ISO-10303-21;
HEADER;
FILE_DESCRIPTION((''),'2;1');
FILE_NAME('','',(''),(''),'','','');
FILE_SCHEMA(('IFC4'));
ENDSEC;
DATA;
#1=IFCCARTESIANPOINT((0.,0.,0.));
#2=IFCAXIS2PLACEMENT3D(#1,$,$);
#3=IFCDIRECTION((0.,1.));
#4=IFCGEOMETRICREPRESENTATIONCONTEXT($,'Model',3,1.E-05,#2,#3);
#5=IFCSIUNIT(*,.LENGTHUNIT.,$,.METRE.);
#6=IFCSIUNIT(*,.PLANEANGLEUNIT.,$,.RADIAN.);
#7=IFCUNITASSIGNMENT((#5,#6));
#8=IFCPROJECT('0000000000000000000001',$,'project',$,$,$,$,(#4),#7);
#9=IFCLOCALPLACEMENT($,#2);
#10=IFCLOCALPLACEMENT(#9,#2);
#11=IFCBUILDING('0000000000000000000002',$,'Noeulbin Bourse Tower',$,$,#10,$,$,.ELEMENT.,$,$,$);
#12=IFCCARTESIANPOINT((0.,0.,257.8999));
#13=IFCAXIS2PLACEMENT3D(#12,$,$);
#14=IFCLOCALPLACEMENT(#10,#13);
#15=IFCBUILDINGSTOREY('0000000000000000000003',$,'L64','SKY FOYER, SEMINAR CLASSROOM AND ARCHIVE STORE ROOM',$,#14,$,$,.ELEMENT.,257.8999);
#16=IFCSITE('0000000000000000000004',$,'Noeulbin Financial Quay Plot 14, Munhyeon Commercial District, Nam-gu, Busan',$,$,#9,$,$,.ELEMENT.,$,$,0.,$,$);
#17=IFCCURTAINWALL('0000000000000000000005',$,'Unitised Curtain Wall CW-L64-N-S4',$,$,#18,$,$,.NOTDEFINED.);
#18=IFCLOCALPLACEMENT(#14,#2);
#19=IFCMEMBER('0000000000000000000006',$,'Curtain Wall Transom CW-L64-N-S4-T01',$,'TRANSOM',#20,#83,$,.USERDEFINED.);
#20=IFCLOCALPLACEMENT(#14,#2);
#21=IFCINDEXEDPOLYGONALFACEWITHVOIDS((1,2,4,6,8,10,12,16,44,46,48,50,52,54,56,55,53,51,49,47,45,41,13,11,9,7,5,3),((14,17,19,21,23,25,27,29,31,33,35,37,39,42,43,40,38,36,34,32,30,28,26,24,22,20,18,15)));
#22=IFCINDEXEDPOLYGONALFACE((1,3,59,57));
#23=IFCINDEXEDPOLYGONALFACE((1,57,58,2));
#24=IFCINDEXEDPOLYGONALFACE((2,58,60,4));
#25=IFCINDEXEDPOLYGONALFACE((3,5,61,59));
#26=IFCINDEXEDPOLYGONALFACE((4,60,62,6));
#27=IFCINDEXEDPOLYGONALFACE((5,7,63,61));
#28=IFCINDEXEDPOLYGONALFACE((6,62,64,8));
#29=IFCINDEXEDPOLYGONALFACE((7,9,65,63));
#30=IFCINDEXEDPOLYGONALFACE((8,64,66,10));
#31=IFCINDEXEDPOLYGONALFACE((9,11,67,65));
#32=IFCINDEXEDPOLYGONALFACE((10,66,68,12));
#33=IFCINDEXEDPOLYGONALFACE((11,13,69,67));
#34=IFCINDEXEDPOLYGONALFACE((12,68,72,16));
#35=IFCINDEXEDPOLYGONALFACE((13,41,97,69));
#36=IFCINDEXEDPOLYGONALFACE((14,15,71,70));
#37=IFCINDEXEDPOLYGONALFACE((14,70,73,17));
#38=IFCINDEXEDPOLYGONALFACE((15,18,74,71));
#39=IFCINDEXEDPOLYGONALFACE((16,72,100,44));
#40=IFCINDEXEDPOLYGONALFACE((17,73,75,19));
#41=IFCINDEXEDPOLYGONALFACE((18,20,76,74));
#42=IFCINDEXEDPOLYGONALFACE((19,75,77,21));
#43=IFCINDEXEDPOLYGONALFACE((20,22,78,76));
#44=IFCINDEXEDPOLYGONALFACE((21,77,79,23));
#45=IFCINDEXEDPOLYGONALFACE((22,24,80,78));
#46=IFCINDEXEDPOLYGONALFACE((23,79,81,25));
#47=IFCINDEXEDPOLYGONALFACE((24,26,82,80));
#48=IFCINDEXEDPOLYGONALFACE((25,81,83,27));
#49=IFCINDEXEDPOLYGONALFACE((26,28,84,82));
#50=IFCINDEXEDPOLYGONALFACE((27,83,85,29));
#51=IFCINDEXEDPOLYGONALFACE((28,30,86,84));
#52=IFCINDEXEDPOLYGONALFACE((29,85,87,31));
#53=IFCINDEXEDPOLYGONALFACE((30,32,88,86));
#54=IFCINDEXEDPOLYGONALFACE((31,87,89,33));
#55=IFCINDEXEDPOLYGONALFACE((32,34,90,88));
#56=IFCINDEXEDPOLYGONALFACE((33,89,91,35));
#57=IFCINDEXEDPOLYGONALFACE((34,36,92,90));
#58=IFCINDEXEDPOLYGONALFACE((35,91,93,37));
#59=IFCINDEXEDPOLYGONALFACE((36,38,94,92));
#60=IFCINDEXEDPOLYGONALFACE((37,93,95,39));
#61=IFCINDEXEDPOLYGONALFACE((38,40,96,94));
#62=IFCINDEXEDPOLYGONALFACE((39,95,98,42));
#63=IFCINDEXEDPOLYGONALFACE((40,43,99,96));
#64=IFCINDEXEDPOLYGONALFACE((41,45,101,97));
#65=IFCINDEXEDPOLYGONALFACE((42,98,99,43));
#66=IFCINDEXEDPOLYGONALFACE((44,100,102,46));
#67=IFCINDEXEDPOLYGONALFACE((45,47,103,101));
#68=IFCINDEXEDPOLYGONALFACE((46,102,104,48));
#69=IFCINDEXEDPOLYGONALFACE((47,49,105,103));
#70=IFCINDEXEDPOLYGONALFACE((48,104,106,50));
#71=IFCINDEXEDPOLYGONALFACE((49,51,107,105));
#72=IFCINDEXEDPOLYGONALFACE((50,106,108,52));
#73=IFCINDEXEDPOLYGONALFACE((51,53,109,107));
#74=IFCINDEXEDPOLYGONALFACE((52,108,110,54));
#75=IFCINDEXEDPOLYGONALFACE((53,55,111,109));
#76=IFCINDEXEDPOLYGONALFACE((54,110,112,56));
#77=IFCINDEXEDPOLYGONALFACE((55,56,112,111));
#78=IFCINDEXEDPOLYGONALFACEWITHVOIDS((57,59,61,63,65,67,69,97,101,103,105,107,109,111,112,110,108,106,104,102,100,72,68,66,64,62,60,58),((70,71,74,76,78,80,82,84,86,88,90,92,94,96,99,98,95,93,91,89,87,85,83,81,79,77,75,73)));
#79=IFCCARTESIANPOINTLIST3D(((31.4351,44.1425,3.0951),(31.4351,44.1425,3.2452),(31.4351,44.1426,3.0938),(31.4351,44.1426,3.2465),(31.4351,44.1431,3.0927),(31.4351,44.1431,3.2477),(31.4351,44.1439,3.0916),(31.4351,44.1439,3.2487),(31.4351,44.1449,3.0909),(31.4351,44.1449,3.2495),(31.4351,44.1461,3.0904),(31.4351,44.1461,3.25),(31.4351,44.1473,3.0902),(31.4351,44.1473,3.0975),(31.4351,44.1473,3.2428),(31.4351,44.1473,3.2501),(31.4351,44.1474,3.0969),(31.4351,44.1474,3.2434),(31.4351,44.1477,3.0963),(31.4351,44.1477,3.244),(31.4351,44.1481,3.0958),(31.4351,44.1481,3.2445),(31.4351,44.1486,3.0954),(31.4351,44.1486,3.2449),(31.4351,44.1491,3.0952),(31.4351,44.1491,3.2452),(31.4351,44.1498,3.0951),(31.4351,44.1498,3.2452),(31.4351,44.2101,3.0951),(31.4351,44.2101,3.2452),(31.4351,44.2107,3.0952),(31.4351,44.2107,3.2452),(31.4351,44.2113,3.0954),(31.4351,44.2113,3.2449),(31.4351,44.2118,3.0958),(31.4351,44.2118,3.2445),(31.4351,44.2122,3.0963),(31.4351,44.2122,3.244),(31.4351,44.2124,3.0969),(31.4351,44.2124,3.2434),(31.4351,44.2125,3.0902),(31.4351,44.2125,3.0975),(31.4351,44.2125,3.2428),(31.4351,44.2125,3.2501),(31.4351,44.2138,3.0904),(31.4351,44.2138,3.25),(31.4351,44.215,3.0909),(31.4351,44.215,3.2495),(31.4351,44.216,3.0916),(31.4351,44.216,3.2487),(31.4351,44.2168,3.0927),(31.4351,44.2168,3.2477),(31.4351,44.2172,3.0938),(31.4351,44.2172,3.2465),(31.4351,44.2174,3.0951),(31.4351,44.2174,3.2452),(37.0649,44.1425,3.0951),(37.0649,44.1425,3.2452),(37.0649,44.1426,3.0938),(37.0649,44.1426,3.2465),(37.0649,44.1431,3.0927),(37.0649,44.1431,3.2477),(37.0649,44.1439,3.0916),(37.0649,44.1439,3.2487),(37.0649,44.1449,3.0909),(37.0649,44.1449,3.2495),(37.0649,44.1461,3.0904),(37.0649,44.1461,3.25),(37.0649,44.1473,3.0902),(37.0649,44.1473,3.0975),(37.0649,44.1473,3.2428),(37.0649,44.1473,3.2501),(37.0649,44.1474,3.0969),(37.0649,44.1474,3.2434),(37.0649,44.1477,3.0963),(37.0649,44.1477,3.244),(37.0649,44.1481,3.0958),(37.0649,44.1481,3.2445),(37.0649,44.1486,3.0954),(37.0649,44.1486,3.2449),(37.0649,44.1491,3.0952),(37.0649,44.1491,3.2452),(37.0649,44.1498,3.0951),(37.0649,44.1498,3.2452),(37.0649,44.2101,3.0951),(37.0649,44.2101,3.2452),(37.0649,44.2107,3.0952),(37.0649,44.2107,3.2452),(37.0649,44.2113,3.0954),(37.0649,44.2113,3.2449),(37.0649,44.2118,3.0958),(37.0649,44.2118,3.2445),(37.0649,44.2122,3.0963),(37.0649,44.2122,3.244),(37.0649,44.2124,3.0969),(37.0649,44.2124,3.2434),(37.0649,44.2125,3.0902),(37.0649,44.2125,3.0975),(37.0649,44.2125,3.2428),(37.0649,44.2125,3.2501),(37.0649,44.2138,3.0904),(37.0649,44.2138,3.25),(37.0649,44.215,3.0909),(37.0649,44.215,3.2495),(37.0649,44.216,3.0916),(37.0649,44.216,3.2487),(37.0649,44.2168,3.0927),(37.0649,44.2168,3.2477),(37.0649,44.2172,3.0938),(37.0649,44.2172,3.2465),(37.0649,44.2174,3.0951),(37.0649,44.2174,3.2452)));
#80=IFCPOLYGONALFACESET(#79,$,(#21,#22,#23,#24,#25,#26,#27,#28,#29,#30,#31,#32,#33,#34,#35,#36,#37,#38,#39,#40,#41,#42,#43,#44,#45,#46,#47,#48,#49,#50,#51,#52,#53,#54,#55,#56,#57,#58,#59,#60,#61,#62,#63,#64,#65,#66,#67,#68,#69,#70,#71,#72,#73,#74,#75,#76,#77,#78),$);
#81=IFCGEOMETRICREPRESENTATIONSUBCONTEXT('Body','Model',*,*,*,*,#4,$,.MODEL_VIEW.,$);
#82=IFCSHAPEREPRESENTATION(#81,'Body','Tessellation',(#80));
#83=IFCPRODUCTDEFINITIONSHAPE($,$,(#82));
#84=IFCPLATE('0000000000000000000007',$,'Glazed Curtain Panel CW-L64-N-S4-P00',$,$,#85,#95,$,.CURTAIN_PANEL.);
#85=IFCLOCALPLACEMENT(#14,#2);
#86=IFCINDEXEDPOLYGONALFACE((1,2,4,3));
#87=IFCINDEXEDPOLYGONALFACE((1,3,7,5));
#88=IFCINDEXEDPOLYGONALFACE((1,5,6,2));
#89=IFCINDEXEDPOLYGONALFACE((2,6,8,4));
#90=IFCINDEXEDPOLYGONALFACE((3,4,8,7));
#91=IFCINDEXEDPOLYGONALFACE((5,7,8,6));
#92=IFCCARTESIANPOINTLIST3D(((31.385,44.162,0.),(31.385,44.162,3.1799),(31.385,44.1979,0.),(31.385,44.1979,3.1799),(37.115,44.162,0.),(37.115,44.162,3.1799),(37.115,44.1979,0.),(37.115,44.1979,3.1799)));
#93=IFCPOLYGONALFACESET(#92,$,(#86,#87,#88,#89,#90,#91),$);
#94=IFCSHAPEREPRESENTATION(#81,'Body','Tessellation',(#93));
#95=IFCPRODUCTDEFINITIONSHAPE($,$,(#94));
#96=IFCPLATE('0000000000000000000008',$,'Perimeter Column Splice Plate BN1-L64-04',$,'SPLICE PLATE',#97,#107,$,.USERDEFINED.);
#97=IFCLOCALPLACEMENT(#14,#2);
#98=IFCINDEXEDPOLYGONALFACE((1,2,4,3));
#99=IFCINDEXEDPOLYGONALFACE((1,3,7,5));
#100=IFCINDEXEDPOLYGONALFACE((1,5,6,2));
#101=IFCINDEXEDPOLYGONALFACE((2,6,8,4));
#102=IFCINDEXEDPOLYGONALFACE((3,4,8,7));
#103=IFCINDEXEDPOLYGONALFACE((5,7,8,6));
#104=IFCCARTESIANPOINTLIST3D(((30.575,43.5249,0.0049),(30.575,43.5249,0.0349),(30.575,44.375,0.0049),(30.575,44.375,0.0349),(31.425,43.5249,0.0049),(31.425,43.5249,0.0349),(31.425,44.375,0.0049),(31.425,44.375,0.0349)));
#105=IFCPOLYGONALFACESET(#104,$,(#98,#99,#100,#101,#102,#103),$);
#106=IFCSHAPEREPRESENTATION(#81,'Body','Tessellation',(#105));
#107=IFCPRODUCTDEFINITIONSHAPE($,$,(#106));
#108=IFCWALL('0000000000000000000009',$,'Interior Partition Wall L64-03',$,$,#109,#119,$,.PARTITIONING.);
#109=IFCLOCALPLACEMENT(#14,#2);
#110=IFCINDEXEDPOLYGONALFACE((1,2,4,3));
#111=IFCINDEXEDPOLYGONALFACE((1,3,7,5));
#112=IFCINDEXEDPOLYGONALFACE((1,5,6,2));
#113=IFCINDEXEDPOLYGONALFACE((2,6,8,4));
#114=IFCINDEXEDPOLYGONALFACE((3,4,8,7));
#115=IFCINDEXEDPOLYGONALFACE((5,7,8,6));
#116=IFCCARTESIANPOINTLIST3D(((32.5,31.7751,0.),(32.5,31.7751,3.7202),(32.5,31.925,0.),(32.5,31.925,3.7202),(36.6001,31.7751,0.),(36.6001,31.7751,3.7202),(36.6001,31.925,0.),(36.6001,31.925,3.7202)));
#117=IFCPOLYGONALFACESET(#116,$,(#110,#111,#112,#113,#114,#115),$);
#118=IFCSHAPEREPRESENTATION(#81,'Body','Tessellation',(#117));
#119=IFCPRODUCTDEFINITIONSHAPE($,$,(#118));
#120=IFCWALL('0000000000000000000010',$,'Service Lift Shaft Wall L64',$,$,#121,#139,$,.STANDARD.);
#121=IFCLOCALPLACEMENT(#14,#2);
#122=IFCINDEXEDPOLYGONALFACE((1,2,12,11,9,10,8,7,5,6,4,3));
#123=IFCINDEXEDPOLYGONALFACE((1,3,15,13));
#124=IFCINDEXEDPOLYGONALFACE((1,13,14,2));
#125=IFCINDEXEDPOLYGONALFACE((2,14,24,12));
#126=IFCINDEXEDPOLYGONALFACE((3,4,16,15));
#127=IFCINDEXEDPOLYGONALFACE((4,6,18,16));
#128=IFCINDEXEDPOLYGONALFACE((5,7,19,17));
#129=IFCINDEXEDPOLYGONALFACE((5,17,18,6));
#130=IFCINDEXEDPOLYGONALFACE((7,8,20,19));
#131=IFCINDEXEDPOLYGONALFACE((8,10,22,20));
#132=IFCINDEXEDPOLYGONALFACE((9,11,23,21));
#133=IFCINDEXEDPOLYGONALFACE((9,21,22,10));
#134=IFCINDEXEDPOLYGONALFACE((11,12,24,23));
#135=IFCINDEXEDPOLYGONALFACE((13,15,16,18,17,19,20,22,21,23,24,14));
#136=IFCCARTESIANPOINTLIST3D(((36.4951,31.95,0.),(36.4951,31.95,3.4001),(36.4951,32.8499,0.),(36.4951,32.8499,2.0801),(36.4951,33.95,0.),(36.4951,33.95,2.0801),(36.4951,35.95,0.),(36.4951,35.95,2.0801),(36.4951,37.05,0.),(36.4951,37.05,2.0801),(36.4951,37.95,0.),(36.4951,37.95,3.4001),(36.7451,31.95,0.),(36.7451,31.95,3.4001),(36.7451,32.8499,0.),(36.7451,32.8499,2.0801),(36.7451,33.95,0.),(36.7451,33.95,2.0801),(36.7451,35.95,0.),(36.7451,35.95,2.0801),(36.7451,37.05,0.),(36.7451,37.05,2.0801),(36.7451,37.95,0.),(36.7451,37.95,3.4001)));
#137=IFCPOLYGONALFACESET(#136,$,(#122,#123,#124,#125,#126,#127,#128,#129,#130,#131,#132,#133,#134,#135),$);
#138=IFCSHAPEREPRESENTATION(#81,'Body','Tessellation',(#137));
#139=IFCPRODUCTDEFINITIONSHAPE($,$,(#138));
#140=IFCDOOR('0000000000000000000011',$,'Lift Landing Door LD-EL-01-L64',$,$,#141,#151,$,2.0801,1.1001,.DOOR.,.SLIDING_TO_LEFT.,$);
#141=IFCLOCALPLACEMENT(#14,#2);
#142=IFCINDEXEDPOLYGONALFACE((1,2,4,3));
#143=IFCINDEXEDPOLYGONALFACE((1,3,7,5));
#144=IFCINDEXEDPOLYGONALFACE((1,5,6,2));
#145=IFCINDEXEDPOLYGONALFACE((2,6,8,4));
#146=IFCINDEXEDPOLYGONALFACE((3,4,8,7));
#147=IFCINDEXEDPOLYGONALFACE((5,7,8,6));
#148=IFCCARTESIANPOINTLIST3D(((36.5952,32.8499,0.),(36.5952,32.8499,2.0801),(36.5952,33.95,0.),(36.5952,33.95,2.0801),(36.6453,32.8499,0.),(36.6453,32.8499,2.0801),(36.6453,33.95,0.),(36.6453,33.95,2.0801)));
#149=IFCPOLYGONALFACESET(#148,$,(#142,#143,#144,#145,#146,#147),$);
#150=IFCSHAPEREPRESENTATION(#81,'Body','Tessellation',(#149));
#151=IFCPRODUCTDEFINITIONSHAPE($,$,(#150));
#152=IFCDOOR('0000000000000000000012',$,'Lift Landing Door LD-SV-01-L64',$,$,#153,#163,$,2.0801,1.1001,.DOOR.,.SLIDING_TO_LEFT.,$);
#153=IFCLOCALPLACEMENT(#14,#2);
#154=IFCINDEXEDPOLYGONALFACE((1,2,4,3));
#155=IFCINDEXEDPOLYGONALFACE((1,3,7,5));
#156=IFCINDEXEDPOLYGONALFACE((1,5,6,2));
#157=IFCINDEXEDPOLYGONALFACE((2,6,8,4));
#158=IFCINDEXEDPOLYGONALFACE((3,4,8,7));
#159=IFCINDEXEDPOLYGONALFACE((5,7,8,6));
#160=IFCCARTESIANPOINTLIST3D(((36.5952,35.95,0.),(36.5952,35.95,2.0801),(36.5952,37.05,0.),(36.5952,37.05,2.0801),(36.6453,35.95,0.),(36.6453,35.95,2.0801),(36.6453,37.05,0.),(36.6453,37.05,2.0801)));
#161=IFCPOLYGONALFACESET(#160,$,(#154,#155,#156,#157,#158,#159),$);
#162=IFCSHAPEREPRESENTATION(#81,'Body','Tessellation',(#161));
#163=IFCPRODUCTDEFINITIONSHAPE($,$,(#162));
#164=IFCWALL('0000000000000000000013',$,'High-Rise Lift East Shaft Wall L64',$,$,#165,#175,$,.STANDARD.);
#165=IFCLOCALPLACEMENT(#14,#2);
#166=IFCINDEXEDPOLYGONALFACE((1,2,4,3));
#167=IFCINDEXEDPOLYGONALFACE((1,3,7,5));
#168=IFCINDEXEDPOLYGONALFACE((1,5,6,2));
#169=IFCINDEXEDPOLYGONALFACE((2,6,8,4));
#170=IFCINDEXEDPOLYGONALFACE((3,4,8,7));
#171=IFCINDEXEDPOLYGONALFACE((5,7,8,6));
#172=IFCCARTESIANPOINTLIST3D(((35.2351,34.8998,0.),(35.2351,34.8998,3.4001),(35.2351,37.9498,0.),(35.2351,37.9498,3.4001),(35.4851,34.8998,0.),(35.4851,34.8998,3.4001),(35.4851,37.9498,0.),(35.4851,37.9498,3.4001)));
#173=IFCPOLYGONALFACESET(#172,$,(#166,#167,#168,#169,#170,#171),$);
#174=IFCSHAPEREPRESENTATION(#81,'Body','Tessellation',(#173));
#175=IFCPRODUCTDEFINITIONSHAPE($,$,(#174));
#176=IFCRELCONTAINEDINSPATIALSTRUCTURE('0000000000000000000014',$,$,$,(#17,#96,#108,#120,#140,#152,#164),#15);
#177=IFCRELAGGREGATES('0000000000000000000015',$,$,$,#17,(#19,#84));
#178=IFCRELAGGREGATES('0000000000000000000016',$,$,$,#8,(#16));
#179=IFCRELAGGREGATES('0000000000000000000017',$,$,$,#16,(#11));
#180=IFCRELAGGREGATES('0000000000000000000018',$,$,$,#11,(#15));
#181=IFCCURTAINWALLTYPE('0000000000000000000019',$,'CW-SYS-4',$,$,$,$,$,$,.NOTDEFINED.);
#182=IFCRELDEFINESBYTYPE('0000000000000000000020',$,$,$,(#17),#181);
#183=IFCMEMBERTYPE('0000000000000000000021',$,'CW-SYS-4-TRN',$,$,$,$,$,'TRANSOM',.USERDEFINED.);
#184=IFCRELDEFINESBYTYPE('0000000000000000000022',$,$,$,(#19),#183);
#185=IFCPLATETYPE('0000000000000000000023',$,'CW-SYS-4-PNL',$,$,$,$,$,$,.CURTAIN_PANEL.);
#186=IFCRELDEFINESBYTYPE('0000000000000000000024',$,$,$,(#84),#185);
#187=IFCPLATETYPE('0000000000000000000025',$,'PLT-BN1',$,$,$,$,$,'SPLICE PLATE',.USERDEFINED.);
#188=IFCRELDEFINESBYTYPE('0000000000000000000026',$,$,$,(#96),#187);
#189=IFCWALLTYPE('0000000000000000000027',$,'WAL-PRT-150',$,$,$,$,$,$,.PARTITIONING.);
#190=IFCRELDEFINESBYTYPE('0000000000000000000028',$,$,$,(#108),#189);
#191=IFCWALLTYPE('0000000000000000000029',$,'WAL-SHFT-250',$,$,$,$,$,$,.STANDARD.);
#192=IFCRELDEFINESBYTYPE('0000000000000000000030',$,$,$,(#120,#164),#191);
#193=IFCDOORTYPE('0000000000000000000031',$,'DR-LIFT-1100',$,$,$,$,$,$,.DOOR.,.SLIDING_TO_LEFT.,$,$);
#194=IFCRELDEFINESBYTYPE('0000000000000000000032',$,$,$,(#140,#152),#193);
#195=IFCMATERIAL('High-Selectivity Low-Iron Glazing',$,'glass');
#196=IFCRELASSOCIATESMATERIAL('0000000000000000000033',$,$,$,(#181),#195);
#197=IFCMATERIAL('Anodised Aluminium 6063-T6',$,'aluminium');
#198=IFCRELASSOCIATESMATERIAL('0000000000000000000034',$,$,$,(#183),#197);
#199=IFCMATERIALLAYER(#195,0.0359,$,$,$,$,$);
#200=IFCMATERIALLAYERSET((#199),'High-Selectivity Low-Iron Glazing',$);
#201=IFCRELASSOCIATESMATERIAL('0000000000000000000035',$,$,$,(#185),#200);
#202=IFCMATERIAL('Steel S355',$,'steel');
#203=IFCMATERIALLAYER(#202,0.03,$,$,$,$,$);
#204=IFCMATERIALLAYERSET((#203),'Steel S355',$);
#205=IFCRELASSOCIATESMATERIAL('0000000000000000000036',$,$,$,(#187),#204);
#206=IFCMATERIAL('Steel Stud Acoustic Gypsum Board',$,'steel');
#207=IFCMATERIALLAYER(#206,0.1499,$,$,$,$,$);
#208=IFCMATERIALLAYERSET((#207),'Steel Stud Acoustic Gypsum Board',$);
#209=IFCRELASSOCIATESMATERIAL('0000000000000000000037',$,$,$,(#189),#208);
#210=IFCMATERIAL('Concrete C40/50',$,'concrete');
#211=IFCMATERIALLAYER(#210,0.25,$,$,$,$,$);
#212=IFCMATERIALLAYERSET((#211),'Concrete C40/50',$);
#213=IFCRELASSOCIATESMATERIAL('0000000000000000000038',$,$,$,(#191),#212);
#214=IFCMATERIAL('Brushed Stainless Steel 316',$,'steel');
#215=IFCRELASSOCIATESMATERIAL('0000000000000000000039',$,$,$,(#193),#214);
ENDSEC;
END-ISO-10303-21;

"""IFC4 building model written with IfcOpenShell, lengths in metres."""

from ifc_helpers import new_model, si_unit, direction, frame, frame_2d, origin, origin_2d, place, context, subcontext, project, spatial, rectangle, hollow_rectangle, extrude, material, layer, layer_set, material_profile, profile_set, type_object, element, fill, aggregate, save


model = new_model("IFC4")

# Units and contexts
model_context = context("Model", 3, precision=1e-05, world=origin(), true_north=direction((0.0, 1.0)))
body_context = subcontext(model_context, "Body", "Model", "MODEL_VIEW")
ifc_project = project(units=[si_unit("LENGTHUNIT", "METRE"), si_unit("PLANEANGLEUNIT", "RADIAN")], contexts=[model_context])

# Site, building, storey
site_placement = place(None, origin())
site = spatial("IfcSite", under=ifc_project, at=site_placement, Name="Noeulbin Financial Quay Plot 14, Munhyeon Commercial District, Nam-gu, Busan", CompositionType="ELEMENT", RefElevation=0.0)
building_placement = place(site_placement, origin())
building = spatial("IfcBuilding", under=site, at=building_placement, Name="Noeulbin Bourse Tower", CompositionType="ELEMENT")
storey_placement = place(building_placement, frame((0.0, 0.0, 257.8999)))
storey = spatial("IfcBuildingStorey", under=building, at=storey_placement, Name="L64", Description="SKY FOYER, SEMINAR CLASSROOM AND ARCHIVE STORE ROOM", CompositionType="ELEMENT", Elevation=257.8999)

# Shared definitions
ifc_material_1 = material(Name="Steel S355", Category="steel")

# Curtain wall, member, plate
ifc_material_2 = material(Name="High-Selectivity Low-Iron Glazing", Category="glass")
curtain_wall_type = type_object("IfcCurtainWallType", Name="CW-SYS-4", PredefinedType="NOTDEFINED", material=ifc_material_2)
curtain_wall_placement = place(storey_placement, origin())
curtain_wall = element("IfcCurtainWall", 1, at=curtain_wall_placement, inside=storey, type_object=curtain_wall_type, Name="Unitised Curtain Wall CW-L64-N-S4", PredefinedType="NOTDEFINED")
ifc_material_3 = material(Name="Anodised Aluminium 6063-T6", Category="aluminium")
ifc_material_profile_1 = material_profile(ifc_material_3, hollow_rectangle(XDim=0.075, YDim=0.1599, WallThickness=0.0049, InnerFilletRadius=0.0024, OuterFilletRadius=0.0049, at=origin_2d()), Name="ALU-TRAN-75x160x5", Category="LoadBearing")
ifc_profile_set_1 = profile_set([ifc_material_profile_1], Name="Anodised Aluminium 6063-T6")
member_type_1 = type_object("IfcMemberType", Name="CW-SYS-4-TRN", ElementType="TRANSOM", PredefinedType="USERDEFINED", material=ifc_profile_set_1)
member_1_placement = place(storey_placement, frame((31.4351, 44.1799, 3.1702), z_axis=(1.0, 0.0, 0.0), x_axis=(0.0, 1.0, 0.0)))
member_1 = element("IfcMember", 2, at=member_1_placement, type_object=member_type_1, Name="Curtain Wall Transom CW-L64-N-S4-T01", ObjectType="TRANSOM", PredefinedType="USERDEFINED", context=body_context, shape_type="SweptSolid", body=[
    extrude(hollow_rectangle(XDim=0.075, YDim=0.1599, WallThickness=0.0049, InnerFilletRadius=0.0024, OuterFilletRadius=0.0049, at=origin_2d()), origin(), (0.0, 0.0, 1.0), 5.6299),
])
ifc_layer_1 = layer(ifc_material_2, 0.0359)
ifc_layer_set_1 = layer_set([ifc_layer_1], Name="High-Selectivity Low-Iron Glazing")
plate_type_1 = type_object("IfcPlateType", Name="CW-SYS-4-PNL", PredefinedType="CURTAIN_PANEL", material=ifc_layer_set_1)
plate_1_placement = place(storey_placement, frame((34.25, 44.1799, 0.0), z_axis=(0.0, 0.0, 1.0), x_axis=(1.0, 0.0, 0.0)))
plate_1 = element("IfcPlate", 3, at=plate_1_placement, type_object=plate_type_1, Name="Glazed Curtain Panel CW-L64-N-S4-P00", PredefinedType="CURTAIN_PANEL", context=body_context, shape_type="SweptSolid", body=[
    extrude(rectangle(XDim=5.73, YDim=0.0359, at=origin_2d()), origin(), (0.0, 0.0, 1.0), 3.1799),
])
aggregate(curtain_wall, [member_1, plate_1])

# Plate
ifc_layer_2 = layer(ifc_material_1, 0.03)
ifc_layer_set_2 = layer_set([ifc_layer_2], Name="Steel S355")
plate_type_2 = type_object("IfcPlateType", Name="PLT-BN1", ElementType="SPLICE PLATE", PredefinedType="USERDEFINED", material=ifc_layer_set_2)
plate_2_placement = place(storey_placement, frame((31.0, 43.95, 0.0049), z_axis=(0.0, 0.0, 1.0), x_axis=(1.0, 0.0, 0.0)))
element("IfcPlate", 4, at=plate_2_placement, inside=storey, type_object=plate_type_2, Name="Perimeter Column Splice Plate BN1-L64-04", ObjectType="SPLICE PLATE", PredefinedType="USERDEFINED", context=body_context, shape_type="SweptSolid", body=[
    extrude(rectangle(XDim=0.8501, YDim=0.8501, at=origin_2d()), origin(), (0.0, 0.0, 1.0), 0.03),
])

# Wall
ifc_material_4 = material(Name="Steel Stud Acoustic Gypsum Board", Category="steel")
ifc_layer_3 = layer(ifc_material_4, 0.1499)
ifc_layer_set_3 = layer_set([ifc_layer_3], Name="Steel Stud Acoustic Gypsum Board")
wall_type_1 = type_object("IfcWallType", Name="WAL-PRT-150", PredefinedType="PARTITIONING", material=ifc_layer_set_3)
wall_1_placement = place(storey_placement, frame((32.5, 31.8501, 0.0), z_axis=(0.0, 0.0, 1.0), x_axis=(1.0, 0.0, 0.0)))
element("IfcWall", 5, at=wall_1_placement, inside=storey, type_object=wall_type_1, Name="Interior Partition Wall L64-03", PredefinedType="PARTITIONING", context=body_context, shape_type="SweptSolid", body=[
    extrude(rectangle(XDim=4.1001, YDim=0.1499, at=frame_2d((2.05, 0.0))), origin(), (0.0, 0.0, 1.0), 3.7202),
])

# Wall, openings, doors
ifc_material_5 = material(Name="Concrete C40/50", Category="concrete")
ifc_layer_4 = layer(ifc_material_5, 0.25)
ifc_layer_set_4 = layer_set([ifc_layer_4], Name="Concrete C40/50")
wall_type_2 = type_object("IfcWallType", Name="WAL-SHFT-250", PredefinedType="STANDARD", material=ifc_layer_set_4)
wall_2_placement = place(storey_placement, frame((36.6201, 31.95, 0.0), z_axis=(0.0, 0.0, 1.0), x_axis=(0.0, 1.0, 0.0)))
wall_2 = element("IfcWall", 6, at=wall_2_placement, inside=storey, type_object=wall_type_2, Name="Service Lift Shaft Wall L64", PredefinedType="STANDARD", context=body_context, shape_type="SweptSolid", body=[
    extrude(rectangle(XDim=6.0, YDim=0.25, at=frame_2d((3.0, 0.0))), origin(), (0.0, 0.0, 1.0), 3.4001),
])
opening_1_placement = place(wall_2_placement, frame((0.8999, 0.0, 0.0)))
opening_1 = element("IfcOpeningElement", 7, at=opening_1_placement, cuts=wall_2, PredefinedType="OPENING", context=body_context, shape_type="SweptSolid", body=[
    extrude(rectangle(XDim=1.1001, YDim=2.0801, at=frame_2d((0.55, 1.04))), frame((0.0, 0.135, 0.0), z_axis=(0.0, -1.0, 0.0), x_axis=(1.0, 0.0, 0.0)), (0.0, 0.0, 1.0), 0.27),
])
opening_2_placement = place(wall_2_placement, frame((4.0, 0.0, 0.0)))
opening_2 = element("IfcOpeningElement", 8, at=opening_2_placement, cuts=wall_2, PredefinedType="OPENING", context=body_context, shape_type="SweptSolid", body=[
    extrude(rectangle(XDim=1.1001, YDim=2.0801, at=frame_2d((0.55, 1.04))), frame((0.0, 0.135, 0.0), z_axis=(0.0, -1.0, 0.0), x_axis=(1.0, 0.0, 0.0)), (0.0, 0.0, 1.0), 0.27),
])
ifc_material_6 = material(Name="Brushed Stainless Steel 316", Category="steel")
door_type_1 = type_object("IfcDoorType", Name="DR-LIFT-1100", OperationType="SLIDING_TO_LEFT", PredefinedType="DOOR", material=ifc_material_6)
door_1_placement = place(opening_1_placement, origin())
door_1 = element("IfcDoor", 9, at=door_1_placement, inside=storey, type_object=door_type_1, Name="Lift Landing Door LD-EL-01-L64", OperationType="SLIDING_TO_LEFT", OverallHeight=2.0801, OverallWidth=1.1001, PredefinedType="DOOR", context=body_context, shape_type="SweptSolid", body=[
    extrude(rectangle(XDim=1.1001, YDim=2.0801, at=frame_2d((0.55, 1.04))), frame((0.0, 0.0249, 0.0), z_axis=(0.0, -1.0, 0.0), x_axis=(1.0, 0.0, 0.0)), (0.0, 0.0, 1.0), 0.05),
])
fill(opening_1, door_1)
door_2_placement = place(opening_2_placement, origin())
door_2 = element("IfcDoor", 10, at=door_2_placement, inside=storey, type_object=door_type_1, Name="Lift Landing Door LD-SV-01-L64", OperationType="SLIDING_TO_LEFT", OverallHeight=2.0801, OverallWidth=1.1001, PredefinedType="DOOR", context=body_context, shape_type="SweptSolid", body=[
    extrude(rectangle(XDim=1.1001, YDim=2.0801, at=frame_2d((0.55, 1.04))), frame((0.0, 0.0249, 0.0), z_axis=(0.0, -1.0, 0.0), x_axis=(1.0, 0.0, 0.0)), (0.0, 0.0, 1.0), 0.05),
])
fill(opening_2, door_2)

# Wall
wall_3_placement = place(storey_placement, frame((35.3601, 34.8999, 0.0), z_axis=(0.0, 0.0, 1.0), x_axis=(0.0, 1.0, 0.0)))
element("IfcWall", 11, at=wall_3_placement, inside=storey, type_object=wall_type_2, Name="High-Rise Lift East Shaft Wall L64", PredefinedType="STANDARD", context=body_context, shape_type="SweptSolid", body=[
    extrude(rectangle(XDim=3.05, YDim=0.25, at=frame_2d((1.5249, 0.0))), origin(), (0.0, 0.0, 1.0), 3.4001),
])

save(model, "model.ifc")
